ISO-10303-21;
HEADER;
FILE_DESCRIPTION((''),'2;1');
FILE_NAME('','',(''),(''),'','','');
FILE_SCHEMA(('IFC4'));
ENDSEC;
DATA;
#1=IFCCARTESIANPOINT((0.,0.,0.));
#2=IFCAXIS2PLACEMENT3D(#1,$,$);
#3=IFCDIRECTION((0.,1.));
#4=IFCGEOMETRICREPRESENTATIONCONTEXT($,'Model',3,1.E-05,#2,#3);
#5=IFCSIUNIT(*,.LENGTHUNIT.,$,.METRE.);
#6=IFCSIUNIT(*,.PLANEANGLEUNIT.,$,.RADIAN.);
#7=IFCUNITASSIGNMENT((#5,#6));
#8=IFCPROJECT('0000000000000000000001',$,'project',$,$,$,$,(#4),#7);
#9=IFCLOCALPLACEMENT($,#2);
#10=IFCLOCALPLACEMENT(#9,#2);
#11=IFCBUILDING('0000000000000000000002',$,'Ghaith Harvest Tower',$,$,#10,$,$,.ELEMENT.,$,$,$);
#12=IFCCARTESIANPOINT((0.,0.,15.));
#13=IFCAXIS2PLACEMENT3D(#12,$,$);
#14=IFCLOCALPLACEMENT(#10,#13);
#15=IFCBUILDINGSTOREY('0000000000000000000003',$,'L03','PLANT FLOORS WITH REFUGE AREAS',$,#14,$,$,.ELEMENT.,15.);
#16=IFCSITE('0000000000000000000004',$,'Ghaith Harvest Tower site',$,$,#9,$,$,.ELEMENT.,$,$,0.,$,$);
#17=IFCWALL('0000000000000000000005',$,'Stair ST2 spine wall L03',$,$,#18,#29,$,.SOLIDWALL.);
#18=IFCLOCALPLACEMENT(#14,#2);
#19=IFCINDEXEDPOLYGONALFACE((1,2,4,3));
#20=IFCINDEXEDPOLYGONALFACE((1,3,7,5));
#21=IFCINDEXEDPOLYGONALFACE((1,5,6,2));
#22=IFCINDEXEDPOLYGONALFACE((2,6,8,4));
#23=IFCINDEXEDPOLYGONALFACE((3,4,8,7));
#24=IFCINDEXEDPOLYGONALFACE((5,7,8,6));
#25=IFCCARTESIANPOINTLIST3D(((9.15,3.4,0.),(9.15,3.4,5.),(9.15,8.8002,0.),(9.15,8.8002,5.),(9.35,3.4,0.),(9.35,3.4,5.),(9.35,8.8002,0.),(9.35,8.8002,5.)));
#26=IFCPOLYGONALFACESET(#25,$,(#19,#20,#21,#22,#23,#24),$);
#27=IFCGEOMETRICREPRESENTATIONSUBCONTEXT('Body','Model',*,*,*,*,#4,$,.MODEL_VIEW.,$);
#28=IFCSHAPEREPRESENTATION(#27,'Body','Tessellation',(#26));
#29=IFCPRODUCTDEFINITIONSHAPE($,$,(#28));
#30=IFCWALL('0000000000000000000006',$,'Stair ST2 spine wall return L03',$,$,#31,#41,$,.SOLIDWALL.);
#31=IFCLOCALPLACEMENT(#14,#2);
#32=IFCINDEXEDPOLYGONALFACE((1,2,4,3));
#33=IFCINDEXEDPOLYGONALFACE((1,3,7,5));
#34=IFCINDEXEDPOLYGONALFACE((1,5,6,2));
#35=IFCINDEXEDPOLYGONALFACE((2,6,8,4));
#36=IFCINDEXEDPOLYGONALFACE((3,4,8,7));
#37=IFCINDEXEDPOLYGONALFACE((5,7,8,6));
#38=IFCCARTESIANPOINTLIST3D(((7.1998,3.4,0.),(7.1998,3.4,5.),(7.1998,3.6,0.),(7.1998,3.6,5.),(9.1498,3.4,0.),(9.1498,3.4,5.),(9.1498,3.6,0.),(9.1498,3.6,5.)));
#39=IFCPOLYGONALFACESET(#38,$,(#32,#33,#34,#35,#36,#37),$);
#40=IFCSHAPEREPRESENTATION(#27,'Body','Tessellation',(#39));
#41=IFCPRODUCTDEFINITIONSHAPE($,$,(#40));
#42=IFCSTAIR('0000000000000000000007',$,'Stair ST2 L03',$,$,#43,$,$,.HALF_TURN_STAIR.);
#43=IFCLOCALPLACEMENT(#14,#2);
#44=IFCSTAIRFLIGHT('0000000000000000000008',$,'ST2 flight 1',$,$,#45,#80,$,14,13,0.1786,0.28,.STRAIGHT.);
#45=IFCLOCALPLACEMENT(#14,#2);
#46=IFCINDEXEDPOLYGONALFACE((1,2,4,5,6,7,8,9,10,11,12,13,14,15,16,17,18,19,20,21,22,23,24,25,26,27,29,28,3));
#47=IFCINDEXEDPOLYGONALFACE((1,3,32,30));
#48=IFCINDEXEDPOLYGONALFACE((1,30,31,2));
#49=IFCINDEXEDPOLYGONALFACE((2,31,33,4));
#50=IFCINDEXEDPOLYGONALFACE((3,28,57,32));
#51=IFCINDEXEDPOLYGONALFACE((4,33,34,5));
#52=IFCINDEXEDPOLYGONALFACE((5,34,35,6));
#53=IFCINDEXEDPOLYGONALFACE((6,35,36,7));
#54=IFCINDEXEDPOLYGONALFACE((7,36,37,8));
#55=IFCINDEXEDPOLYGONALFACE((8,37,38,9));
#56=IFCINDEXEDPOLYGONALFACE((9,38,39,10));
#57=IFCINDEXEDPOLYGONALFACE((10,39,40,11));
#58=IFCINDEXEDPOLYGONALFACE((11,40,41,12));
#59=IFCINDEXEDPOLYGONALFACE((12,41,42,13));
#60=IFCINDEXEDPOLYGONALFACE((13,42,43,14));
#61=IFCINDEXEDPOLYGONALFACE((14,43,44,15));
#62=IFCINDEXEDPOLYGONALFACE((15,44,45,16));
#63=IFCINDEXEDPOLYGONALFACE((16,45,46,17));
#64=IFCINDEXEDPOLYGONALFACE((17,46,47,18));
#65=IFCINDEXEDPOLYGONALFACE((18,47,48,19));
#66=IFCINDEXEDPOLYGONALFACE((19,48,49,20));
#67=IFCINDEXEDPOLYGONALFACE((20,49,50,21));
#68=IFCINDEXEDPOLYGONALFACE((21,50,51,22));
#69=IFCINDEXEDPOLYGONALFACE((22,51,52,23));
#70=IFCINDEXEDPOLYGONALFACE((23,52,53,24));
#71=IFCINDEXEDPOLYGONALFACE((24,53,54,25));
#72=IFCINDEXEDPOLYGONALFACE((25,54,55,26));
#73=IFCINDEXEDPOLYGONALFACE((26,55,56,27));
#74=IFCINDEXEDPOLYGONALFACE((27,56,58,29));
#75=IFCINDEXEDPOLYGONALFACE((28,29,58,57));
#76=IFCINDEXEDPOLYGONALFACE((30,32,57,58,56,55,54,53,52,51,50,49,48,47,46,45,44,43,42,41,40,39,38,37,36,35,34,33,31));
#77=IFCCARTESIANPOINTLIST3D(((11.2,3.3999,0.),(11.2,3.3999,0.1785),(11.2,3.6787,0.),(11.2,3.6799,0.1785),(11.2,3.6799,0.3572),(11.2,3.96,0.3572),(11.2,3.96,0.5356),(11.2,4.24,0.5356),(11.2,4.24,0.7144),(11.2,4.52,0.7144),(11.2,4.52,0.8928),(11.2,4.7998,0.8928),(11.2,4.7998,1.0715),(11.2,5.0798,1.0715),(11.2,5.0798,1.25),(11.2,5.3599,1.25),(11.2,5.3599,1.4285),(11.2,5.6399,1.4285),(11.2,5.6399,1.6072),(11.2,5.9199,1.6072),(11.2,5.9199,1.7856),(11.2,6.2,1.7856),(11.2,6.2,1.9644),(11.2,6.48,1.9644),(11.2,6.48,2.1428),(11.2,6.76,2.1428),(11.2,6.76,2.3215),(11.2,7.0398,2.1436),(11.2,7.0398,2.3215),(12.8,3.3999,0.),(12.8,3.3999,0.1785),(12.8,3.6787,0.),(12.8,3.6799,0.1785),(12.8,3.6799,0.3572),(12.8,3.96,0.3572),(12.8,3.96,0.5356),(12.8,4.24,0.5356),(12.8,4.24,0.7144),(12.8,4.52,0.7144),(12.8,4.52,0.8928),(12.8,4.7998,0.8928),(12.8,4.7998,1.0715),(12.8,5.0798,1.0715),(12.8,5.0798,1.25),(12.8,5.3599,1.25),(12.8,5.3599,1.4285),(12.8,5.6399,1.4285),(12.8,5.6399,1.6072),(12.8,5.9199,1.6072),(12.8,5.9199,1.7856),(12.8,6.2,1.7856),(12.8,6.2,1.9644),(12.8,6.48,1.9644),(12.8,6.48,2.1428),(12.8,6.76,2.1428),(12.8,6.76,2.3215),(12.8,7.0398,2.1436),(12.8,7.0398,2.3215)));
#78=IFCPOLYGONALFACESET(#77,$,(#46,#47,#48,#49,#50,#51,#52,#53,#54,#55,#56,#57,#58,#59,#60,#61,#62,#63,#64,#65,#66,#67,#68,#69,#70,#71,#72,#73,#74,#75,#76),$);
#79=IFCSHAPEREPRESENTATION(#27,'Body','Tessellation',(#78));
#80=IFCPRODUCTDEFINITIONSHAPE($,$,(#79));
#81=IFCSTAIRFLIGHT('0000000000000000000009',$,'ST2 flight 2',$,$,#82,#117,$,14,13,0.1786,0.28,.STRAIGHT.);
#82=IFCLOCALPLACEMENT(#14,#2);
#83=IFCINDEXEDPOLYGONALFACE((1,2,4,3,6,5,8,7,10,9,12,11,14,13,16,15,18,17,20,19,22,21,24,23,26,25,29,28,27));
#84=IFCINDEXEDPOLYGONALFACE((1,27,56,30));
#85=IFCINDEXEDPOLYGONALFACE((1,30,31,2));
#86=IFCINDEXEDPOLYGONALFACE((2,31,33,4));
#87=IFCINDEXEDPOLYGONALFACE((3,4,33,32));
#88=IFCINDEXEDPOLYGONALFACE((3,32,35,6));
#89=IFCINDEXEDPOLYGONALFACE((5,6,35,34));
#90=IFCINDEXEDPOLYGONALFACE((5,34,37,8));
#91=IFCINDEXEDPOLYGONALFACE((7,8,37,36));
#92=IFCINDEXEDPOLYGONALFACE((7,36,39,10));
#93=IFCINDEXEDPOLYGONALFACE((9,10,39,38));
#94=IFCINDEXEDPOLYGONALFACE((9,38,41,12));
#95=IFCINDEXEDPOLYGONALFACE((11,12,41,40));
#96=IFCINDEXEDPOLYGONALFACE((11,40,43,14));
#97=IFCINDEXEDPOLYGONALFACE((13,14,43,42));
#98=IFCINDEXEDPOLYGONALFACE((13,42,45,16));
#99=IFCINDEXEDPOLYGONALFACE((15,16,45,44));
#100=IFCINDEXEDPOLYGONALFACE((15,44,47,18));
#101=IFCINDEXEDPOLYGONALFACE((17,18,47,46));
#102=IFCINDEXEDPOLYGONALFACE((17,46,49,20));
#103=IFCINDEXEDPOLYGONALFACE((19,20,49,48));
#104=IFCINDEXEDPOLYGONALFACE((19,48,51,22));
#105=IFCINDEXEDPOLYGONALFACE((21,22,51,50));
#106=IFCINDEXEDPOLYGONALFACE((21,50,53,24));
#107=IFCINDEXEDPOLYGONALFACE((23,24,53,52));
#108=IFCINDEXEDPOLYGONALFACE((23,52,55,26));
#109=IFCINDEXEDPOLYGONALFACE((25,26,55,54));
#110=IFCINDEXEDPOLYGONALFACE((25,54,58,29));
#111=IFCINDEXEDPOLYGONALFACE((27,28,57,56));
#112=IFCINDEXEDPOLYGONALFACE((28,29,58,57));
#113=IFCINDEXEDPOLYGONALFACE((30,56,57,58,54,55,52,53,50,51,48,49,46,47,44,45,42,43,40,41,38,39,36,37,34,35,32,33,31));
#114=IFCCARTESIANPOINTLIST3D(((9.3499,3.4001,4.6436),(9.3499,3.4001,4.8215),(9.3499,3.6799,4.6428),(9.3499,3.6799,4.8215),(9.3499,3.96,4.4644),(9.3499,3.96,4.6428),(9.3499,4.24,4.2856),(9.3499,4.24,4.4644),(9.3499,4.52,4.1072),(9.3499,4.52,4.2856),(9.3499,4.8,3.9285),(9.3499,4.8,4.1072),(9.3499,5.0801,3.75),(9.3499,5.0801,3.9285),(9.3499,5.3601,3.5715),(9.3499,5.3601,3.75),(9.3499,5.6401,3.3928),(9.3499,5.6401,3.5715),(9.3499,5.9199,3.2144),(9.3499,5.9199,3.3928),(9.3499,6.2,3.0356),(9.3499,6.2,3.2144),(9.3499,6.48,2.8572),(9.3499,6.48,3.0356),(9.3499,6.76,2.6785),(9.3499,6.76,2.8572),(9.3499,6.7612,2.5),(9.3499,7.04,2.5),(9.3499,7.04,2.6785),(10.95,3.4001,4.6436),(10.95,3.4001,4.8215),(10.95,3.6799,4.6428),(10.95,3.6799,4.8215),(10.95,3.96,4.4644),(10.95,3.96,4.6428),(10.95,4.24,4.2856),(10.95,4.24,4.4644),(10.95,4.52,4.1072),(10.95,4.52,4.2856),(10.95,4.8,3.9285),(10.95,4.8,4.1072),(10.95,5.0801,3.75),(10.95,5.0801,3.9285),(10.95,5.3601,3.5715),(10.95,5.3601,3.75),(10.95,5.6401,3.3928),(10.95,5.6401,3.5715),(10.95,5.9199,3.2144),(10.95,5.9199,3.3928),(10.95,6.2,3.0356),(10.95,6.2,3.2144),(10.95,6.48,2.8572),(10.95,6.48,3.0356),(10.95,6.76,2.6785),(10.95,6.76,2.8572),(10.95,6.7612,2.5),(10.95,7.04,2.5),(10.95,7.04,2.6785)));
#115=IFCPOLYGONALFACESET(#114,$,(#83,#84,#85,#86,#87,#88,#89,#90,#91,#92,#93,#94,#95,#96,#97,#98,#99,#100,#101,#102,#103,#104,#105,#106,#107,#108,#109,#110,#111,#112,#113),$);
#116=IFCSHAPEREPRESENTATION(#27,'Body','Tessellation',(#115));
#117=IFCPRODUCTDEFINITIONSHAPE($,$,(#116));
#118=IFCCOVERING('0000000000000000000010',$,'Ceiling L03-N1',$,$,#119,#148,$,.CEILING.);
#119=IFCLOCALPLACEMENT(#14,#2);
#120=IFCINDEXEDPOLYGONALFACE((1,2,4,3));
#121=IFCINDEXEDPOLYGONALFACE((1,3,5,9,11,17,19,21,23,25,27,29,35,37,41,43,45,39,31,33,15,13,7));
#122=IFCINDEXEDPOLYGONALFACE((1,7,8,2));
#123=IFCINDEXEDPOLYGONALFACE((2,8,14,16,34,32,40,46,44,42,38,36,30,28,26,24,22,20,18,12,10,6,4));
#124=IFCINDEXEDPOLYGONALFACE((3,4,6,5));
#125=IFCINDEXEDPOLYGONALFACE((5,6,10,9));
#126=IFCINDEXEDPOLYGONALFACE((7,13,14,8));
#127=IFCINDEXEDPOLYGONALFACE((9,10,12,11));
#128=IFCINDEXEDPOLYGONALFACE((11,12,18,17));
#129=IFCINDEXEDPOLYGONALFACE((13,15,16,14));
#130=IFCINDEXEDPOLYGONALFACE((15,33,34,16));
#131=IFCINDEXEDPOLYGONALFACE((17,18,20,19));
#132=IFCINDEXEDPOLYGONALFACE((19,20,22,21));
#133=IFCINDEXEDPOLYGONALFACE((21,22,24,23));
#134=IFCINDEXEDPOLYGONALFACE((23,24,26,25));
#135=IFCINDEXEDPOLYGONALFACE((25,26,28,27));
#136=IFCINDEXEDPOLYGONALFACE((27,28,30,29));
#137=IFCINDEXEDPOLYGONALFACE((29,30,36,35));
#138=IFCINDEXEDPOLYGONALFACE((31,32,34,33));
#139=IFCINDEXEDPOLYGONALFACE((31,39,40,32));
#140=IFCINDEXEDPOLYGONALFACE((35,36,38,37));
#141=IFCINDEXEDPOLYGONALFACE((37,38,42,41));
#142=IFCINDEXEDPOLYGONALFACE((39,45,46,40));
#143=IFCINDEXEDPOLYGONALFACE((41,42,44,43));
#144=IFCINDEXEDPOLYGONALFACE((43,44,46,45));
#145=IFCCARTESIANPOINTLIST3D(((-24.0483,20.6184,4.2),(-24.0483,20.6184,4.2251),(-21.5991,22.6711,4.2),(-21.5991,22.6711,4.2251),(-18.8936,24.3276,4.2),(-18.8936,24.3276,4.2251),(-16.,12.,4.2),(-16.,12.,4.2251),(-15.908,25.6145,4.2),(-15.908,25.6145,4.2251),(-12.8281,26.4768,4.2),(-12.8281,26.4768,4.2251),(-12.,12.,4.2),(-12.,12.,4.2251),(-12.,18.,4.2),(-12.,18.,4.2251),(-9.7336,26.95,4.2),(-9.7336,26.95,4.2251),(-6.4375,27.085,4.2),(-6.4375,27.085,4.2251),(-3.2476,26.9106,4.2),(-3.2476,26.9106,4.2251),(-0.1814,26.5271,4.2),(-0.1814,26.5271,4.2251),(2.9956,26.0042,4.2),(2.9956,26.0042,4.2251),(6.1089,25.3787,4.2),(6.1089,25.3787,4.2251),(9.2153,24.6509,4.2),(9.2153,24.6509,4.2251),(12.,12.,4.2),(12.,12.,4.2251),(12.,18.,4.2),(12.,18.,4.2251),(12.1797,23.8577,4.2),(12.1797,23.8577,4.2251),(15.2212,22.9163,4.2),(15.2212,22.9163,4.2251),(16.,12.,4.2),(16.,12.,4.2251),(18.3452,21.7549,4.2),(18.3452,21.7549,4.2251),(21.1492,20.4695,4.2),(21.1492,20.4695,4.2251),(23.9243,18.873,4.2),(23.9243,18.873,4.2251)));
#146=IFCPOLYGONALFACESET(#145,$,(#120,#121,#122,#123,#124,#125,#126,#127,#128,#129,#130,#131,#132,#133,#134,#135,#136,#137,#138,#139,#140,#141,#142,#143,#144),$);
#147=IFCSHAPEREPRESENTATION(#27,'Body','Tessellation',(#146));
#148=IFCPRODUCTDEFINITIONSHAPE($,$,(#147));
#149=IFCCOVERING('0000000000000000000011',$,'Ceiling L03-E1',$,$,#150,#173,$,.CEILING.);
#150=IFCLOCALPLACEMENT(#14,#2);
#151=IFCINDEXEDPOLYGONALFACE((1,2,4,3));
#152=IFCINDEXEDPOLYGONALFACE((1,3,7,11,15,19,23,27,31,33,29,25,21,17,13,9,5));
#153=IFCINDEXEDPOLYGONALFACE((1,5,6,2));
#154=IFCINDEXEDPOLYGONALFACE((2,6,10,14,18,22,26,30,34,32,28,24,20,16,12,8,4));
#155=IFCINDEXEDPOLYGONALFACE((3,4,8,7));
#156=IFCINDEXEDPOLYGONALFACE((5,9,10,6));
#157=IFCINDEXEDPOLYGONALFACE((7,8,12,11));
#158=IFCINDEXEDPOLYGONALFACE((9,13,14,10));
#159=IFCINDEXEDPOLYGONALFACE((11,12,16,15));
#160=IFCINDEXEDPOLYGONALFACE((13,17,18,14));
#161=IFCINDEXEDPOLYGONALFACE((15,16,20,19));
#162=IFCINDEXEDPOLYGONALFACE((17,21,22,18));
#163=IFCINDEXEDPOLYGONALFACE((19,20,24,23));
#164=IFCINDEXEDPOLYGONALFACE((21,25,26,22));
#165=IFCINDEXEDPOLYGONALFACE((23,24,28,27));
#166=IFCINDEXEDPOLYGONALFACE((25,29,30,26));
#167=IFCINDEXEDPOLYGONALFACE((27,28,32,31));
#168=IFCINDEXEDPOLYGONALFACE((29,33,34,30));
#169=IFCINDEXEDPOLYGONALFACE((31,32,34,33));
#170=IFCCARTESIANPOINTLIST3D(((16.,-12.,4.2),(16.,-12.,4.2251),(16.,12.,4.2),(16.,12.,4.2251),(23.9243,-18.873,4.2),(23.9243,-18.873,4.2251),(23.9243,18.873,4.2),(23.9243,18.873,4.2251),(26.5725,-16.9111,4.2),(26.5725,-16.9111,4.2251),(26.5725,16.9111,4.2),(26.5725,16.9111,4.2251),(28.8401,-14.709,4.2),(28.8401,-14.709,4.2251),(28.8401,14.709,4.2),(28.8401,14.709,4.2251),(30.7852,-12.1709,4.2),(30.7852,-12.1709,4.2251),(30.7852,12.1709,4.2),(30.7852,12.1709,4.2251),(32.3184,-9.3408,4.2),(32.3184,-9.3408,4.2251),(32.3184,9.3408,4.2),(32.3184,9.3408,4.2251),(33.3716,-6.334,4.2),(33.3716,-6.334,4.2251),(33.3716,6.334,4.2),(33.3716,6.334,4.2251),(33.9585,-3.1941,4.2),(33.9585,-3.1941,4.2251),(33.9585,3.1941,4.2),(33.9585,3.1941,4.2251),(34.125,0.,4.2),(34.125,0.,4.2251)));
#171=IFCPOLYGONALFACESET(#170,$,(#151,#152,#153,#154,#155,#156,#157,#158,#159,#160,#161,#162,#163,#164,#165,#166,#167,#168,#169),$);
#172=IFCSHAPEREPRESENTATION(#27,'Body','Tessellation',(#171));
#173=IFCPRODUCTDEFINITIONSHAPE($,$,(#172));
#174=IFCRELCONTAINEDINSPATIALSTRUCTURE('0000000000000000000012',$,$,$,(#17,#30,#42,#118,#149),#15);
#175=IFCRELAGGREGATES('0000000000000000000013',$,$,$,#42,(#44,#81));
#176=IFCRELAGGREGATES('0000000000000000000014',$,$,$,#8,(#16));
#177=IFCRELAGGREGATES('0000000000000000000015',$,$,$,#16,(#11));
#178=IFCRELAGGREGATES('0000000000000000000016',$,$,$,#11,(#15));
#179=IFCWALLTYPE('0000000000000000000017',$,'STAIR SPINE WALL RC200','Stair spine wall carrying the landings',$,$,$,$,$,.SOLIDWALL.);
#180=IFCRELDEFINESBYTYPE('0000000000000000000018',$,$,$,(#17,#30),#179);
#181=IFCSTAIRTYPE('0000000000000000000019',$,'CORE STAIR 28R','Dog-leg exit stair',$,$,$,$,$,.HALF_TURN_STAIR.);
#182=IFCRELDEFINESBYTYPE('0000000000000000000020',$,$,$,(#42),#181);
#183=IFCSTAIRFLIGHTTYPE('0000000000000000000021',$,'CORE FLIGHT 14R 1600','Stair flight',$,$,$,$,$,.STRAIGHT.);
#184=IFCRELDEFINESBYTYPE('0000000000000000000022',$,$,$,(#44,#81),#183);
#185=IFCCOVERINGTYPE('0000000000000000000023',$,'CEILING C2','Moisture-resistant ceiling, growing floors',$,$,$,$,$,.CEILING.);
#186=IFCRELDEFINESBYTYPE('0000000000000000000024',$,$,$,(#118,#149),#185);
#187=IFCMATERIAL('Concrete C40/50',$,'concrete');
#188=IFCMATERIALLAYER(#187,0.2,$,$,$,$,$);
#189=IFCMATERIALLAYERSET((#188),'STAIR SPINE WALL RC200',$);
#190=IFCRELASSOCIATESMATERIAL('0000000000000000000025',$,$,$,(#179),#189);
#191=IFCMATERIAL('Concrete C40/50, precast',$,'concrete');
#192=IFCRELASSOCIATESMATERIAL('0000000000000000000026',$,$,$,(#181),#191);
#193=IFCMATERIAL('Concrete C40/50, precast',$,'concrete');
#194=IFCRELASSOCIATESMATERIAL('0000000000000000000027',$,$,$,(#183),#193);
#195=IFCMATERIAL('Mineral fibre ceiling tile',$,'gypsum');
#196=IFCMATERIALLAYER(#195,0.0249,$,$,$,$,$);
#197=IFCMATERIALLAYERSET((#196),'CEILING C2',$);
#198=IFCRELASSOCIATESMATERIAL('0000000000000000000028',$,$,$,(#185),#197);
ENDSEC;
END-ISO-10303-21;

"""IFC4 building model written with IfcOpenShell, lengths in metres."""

from ifc_helpers import new_model, si_unit, direction, frame, frame_2d, origin, place, context, subcontext, project, spatial, polyline, rectangle, outline, extrude, material, layer, layer_set, type_object, element, aggregate, save


model = new_model("IFC4")

# Units and contexts
model_context = context("Model", 3, precision=1e-05, world=origin(), true_north=direction((0.0, 1.0)))
body_context = subcontext(model_context, "Body", "Model", "MODEL_VIEW")
ifc_project = project(units=[si_unit("LENGTHUNIT", "METRE"), si_unit("PLANEANGLEUNIT", "RADIAN")], contexts=[model_context])

# Site, building, storey
site_placement = place(None, origin())
site = spatial("IfcSite", under=ifc_project, at=site_placement, Name="Ghaith Harvest Tower site", CompositionType="ELEMENT", RefElevation=0.0)
building_placement = place(site_placement, origin())
building = spatial("IfcBuilding", under=site, at=building_placement, Name="Ghaith Harvest Tower", CompositionType="ELEMENT")
storey_placement = place(building_placement, frame((0.0, 0.0, 15.0)))
storey = spatial("IfcBuildingStorey", under=building, at=storey_placement, Name="L03", Description="PLANT FLOORS WITH REFUGE AREAS", CompositionType="ELEMENT", Elevation=15.0)

# Walls
ifc_material_1 = material(Name="Concrete C40/50", Category="concrete")
ifc_layer_1 = layer(ifc_material_1, 0.2)
ifc_layer_set_1 = layer_set([ifc_layer_1], Name="STAIR SPINE WALL RC200")
wall_type_1 = type_object("IfcWallType", Name="STAIR SPINE WALL RC200", Description="Stair spine wall carrying the landings", PredefinedType="SOLIDWALL", material=ifc_layer_set_1)
wall_1_placement = place(storey_placement, frame((9.25, 3.3999, 0.0), z_axis=(0.0, 0.0, 1.0), x_axis=(0.0, 1.0, 0.0)))
element("IfcWall", 1, at=wall_1_placement, inside=storey, type_object=wall_type_1, Name="Stair ST2 spine wall L03", PredefinedType="SOLIDWALL", context=body_context, shape_type="SweptSolid", body=[
    extrude(rectangle(XDim=5.4001, YDim=0.2, at=frame_2d((2.7002, 0.0))), origin(), (0.0, 0.0, 1.0), 5.0),
])
wall_2_placement = place(storey_placement, frame((9.1499, 3.5, 0.0), z_axis=(0.0, 0.0, 1.0), x_axis=(-1.0, 0.0, 0.0)))
element("IfcWall", 2, at=wall_2_placement, inside=storey, type_object=wall_type_1, Name="Stair ST2 spine wall return L03", PredefinedType="SOLIDWALL", context=body_context, shape_type="SweptSolid", body=[
    extrude(rectangle(XDim=1.95, YDim=0.2, at=frame_2d((0.9751, 0.0))), origin(), (0.0, 0.0, 1.0), 5.0),
])

# Stair, stair flights
ifc_material_2 = material(Name="Concrete C40/50, precast", Category="concrete")
stair_type = type_object("IfcStairType", Name="CORE STAIR 28R", Description="Dog-leg exit stair", PredefinedType="HALF_TURN_STAIR", material=ifc_material_2)
stair_placement = place(storey_placement, origin())
stair = element("IfcStair", 3, at=stair_placement, inside=storey, type_object=stair_type, Name="Stair ST2 L03", PredefinedType="HALF_TURN_STAIR")
ifc_material_3 = material(Name="Concrete C40/50, precast", Category="concrete")
stair_flight_type = type_object("IfcStairFlightType", Name="CORE FLIGHT 14R 1600", Description="Stair flight", PredefinedType="STRAIGHT", material=ifc_material_3)
stair_flight_1_placement = place(storey_placement, frame((12.0, 3.3999, 0.0), z_axis=(0.0, 0.0, 1.0), x_axis=(0.0, 1.0, 0.0)))
stair_flight_1 = element("IfcStairFlight", 4, at=stair_flight_1_placement, type_object=stair_flight_type, Name="ST2 flight 1", NumberOfRisers=14, NumberOfTreads=13, PredefinedType="STRAIGHT", RiserHeight=0.1786, TreadLength=0.28, context=body_context, shape_type="SweptSolid", body=[
    extrude(outline(polyline([(0.0, 0.0), (0.0, 0.1785), (0.28, 0.1785), (0.28, 0.3572), (0.5601, 0.3572), (0.5601, 0.5356), (0.8401, 0.5356), (0.8401, 0.7144), (1.1201, 0.7144), (1.1201, 0.8928), (1.3999, 0.8928), (1.3999, 1.0715), (1.6799, 1.0715), (1.6799, 1.25), (1.96, 1.25), (1.96, 1.4285), (2.24, 1.4285), (2.24, 1.6072), (2.52, 1.6072), (2.52, 1.7856), (2.8, 1.7856), (2.8, 1.9644), (3.0801, 1.9644), (3.0801, 2.1428), (3.3601, 2.1428), (3.3601, 2.3215), (3.6399, 2.3215), (3.6399, 2.5), (3.6399, 2.1436), (0.2788, 0.0), (0.0, 0.0)])), frame((0.0, 0.8, 0.0), z_axis=(0.0, -1.0, 0.0), x_axis=(1.0, 0.0, 0.0)), (0.0, 0.0, 1.0), 1.6001),
])
stair_flight_2_placement = place(storey_placement, frame((10.1499, 7.04, 2.5), z_axis=(0.0, 0.0, 1.0), x_axis=(0.0, -1.0, 0.0)))
stair_flight_2 = element("IfcStairFlight", 5, at=stair_flight_2_placement, type_object=stair_flight_type, Name="ST2 flight 2", NumberOfRisers=14, NumberOfTreads=13, PredefinedType="STRAIGHT", RiserHeight=0.1786, TreadLength=0.28, context=body_context, shape_type="SweptSolid", body=[
    extrude(outline(polyline([(0.0, 0.0), (0.0, 0.1785), (0.28, 0.1785), (0.28, 0.3572), (0.5601, 0.3572), (0.5601, 0.5356), (0.8401, 0.5356), (0.8401, 0.7144), (1.1201, 0.7144), (1.1201, 0.8928), (1.3999, 0.8928), (1.3999, 1.0715), (1.6799, 1.0715), (1.6799, 1.25), (1.96, 1.25), (1.96, 1.4285), (2.24, 1.4285), (2.24, 1.6072), (2.52, 1.6072), (2.52, 1.7856), (2.8, 1.7856), (2.8, 1.9644), (3.0801, 1.9644), (3.0801, 2.1428), (3.3601, 2.1428), (3.3601, 2.3215), (3.6399, 2.3215), (3.6399, 2.5), (3.6399, 2.1436), (0.2788, 0.0), (0.0, 0.0)])), frame((0.0, 0.8, 0.0), z_axis=(0.0, -1.0, 0.0), x_axis=(1.0, 0.0, 0.0)), (0.0, 0.0, 1.0), 1.6001),
])
aggregate(stair, [stair_flight_1, stair_flight_2])

# Coverings
ifc_material_4 = material(Name="Mineral fibre ceiling tile", Category="gypsum")
ifc_layer_2 = layer(ifc_material_4, 0.0249)
ifc_layer_set_2 = layer_set([ifc_layer_2], Name="CEILING C2")
covering_type = type_object("IfcCoveringType", Name="CEILING C2", Description="Moisture-resistant ceiling, growing floors", PredefinedType="CEILING", material=ifc_layer_set_2)
covering_1_placement = place(storey_placement, frame((0.0, 0.0, 4.2)))
element("IfcCovering", 6, at=covering_1_placement, inside=storey, type_object=covering_type, Name="Ceiling L03-N1", PredefinedType="CEILING", context=body_context, shape_type="SweptSolid", body=[
    extrude(outline(polyline([(-21.5991, 22.6711), (-18.8936, 24.3276), (-15.908, 25.6145), (-12.8281, 26.4768), (-9.7336, 26.95), (-6.4375, 27.085), (-3.2476, 26.9106), (-0.1814, 26.5271), (2.9956, 26.0042), (6.1089, 25.3787), (9.2153, 24.6509), (12.1797, 23.8577), (15.2212, 22.9163), (18.3452, 21.7549), (21.1492, 20.4695), (23.9243, 18.873), (16.0, 12.0), (12.0, 12.0), (12.0, 18.0), (-12.0, 18.0), (-12.0, 12.0), (-16.0, 12.0), (-24.0483, 20.6184), (-21.5991, 22.6711)])), origin(), (0.0, 0.0, 1.0), 0.0251),
])
covering_2_placement = place(storey_placement, frame((0.0, 0.0, 4.2)))
element("IfcCovering", 7, at=covering_2_placement, inside=storey, type_object=covering_type, Name="Ceiling L03-E1", PredefinedType="CEILING", context=body_context, shape_type="SweptSolid", body=[
    extrude(outline(polyline([(26.5725, -16.9111), (23.9243, -18.873), (16.0, -12.0), (16.0, 12.0), (23.9243, 18.873), (26.5725, 16.9111), (28.8401, 14.709), (30.7852, 12.1709), (32.3184, 9.3408), (33.3716, 6.334), (33.9585, 3.1941), (34.125, 0.0), (33.9585, -3.1941), (33.3716, -6.334), (32.3184, -9.3408), (30.7852, -12.1709), (28.8401, -14.709), (26.5725, -16.9111)])), origin(), (0.0, 0.0, 1.0), 0.0251),
])

save(model, "model.ifc")
